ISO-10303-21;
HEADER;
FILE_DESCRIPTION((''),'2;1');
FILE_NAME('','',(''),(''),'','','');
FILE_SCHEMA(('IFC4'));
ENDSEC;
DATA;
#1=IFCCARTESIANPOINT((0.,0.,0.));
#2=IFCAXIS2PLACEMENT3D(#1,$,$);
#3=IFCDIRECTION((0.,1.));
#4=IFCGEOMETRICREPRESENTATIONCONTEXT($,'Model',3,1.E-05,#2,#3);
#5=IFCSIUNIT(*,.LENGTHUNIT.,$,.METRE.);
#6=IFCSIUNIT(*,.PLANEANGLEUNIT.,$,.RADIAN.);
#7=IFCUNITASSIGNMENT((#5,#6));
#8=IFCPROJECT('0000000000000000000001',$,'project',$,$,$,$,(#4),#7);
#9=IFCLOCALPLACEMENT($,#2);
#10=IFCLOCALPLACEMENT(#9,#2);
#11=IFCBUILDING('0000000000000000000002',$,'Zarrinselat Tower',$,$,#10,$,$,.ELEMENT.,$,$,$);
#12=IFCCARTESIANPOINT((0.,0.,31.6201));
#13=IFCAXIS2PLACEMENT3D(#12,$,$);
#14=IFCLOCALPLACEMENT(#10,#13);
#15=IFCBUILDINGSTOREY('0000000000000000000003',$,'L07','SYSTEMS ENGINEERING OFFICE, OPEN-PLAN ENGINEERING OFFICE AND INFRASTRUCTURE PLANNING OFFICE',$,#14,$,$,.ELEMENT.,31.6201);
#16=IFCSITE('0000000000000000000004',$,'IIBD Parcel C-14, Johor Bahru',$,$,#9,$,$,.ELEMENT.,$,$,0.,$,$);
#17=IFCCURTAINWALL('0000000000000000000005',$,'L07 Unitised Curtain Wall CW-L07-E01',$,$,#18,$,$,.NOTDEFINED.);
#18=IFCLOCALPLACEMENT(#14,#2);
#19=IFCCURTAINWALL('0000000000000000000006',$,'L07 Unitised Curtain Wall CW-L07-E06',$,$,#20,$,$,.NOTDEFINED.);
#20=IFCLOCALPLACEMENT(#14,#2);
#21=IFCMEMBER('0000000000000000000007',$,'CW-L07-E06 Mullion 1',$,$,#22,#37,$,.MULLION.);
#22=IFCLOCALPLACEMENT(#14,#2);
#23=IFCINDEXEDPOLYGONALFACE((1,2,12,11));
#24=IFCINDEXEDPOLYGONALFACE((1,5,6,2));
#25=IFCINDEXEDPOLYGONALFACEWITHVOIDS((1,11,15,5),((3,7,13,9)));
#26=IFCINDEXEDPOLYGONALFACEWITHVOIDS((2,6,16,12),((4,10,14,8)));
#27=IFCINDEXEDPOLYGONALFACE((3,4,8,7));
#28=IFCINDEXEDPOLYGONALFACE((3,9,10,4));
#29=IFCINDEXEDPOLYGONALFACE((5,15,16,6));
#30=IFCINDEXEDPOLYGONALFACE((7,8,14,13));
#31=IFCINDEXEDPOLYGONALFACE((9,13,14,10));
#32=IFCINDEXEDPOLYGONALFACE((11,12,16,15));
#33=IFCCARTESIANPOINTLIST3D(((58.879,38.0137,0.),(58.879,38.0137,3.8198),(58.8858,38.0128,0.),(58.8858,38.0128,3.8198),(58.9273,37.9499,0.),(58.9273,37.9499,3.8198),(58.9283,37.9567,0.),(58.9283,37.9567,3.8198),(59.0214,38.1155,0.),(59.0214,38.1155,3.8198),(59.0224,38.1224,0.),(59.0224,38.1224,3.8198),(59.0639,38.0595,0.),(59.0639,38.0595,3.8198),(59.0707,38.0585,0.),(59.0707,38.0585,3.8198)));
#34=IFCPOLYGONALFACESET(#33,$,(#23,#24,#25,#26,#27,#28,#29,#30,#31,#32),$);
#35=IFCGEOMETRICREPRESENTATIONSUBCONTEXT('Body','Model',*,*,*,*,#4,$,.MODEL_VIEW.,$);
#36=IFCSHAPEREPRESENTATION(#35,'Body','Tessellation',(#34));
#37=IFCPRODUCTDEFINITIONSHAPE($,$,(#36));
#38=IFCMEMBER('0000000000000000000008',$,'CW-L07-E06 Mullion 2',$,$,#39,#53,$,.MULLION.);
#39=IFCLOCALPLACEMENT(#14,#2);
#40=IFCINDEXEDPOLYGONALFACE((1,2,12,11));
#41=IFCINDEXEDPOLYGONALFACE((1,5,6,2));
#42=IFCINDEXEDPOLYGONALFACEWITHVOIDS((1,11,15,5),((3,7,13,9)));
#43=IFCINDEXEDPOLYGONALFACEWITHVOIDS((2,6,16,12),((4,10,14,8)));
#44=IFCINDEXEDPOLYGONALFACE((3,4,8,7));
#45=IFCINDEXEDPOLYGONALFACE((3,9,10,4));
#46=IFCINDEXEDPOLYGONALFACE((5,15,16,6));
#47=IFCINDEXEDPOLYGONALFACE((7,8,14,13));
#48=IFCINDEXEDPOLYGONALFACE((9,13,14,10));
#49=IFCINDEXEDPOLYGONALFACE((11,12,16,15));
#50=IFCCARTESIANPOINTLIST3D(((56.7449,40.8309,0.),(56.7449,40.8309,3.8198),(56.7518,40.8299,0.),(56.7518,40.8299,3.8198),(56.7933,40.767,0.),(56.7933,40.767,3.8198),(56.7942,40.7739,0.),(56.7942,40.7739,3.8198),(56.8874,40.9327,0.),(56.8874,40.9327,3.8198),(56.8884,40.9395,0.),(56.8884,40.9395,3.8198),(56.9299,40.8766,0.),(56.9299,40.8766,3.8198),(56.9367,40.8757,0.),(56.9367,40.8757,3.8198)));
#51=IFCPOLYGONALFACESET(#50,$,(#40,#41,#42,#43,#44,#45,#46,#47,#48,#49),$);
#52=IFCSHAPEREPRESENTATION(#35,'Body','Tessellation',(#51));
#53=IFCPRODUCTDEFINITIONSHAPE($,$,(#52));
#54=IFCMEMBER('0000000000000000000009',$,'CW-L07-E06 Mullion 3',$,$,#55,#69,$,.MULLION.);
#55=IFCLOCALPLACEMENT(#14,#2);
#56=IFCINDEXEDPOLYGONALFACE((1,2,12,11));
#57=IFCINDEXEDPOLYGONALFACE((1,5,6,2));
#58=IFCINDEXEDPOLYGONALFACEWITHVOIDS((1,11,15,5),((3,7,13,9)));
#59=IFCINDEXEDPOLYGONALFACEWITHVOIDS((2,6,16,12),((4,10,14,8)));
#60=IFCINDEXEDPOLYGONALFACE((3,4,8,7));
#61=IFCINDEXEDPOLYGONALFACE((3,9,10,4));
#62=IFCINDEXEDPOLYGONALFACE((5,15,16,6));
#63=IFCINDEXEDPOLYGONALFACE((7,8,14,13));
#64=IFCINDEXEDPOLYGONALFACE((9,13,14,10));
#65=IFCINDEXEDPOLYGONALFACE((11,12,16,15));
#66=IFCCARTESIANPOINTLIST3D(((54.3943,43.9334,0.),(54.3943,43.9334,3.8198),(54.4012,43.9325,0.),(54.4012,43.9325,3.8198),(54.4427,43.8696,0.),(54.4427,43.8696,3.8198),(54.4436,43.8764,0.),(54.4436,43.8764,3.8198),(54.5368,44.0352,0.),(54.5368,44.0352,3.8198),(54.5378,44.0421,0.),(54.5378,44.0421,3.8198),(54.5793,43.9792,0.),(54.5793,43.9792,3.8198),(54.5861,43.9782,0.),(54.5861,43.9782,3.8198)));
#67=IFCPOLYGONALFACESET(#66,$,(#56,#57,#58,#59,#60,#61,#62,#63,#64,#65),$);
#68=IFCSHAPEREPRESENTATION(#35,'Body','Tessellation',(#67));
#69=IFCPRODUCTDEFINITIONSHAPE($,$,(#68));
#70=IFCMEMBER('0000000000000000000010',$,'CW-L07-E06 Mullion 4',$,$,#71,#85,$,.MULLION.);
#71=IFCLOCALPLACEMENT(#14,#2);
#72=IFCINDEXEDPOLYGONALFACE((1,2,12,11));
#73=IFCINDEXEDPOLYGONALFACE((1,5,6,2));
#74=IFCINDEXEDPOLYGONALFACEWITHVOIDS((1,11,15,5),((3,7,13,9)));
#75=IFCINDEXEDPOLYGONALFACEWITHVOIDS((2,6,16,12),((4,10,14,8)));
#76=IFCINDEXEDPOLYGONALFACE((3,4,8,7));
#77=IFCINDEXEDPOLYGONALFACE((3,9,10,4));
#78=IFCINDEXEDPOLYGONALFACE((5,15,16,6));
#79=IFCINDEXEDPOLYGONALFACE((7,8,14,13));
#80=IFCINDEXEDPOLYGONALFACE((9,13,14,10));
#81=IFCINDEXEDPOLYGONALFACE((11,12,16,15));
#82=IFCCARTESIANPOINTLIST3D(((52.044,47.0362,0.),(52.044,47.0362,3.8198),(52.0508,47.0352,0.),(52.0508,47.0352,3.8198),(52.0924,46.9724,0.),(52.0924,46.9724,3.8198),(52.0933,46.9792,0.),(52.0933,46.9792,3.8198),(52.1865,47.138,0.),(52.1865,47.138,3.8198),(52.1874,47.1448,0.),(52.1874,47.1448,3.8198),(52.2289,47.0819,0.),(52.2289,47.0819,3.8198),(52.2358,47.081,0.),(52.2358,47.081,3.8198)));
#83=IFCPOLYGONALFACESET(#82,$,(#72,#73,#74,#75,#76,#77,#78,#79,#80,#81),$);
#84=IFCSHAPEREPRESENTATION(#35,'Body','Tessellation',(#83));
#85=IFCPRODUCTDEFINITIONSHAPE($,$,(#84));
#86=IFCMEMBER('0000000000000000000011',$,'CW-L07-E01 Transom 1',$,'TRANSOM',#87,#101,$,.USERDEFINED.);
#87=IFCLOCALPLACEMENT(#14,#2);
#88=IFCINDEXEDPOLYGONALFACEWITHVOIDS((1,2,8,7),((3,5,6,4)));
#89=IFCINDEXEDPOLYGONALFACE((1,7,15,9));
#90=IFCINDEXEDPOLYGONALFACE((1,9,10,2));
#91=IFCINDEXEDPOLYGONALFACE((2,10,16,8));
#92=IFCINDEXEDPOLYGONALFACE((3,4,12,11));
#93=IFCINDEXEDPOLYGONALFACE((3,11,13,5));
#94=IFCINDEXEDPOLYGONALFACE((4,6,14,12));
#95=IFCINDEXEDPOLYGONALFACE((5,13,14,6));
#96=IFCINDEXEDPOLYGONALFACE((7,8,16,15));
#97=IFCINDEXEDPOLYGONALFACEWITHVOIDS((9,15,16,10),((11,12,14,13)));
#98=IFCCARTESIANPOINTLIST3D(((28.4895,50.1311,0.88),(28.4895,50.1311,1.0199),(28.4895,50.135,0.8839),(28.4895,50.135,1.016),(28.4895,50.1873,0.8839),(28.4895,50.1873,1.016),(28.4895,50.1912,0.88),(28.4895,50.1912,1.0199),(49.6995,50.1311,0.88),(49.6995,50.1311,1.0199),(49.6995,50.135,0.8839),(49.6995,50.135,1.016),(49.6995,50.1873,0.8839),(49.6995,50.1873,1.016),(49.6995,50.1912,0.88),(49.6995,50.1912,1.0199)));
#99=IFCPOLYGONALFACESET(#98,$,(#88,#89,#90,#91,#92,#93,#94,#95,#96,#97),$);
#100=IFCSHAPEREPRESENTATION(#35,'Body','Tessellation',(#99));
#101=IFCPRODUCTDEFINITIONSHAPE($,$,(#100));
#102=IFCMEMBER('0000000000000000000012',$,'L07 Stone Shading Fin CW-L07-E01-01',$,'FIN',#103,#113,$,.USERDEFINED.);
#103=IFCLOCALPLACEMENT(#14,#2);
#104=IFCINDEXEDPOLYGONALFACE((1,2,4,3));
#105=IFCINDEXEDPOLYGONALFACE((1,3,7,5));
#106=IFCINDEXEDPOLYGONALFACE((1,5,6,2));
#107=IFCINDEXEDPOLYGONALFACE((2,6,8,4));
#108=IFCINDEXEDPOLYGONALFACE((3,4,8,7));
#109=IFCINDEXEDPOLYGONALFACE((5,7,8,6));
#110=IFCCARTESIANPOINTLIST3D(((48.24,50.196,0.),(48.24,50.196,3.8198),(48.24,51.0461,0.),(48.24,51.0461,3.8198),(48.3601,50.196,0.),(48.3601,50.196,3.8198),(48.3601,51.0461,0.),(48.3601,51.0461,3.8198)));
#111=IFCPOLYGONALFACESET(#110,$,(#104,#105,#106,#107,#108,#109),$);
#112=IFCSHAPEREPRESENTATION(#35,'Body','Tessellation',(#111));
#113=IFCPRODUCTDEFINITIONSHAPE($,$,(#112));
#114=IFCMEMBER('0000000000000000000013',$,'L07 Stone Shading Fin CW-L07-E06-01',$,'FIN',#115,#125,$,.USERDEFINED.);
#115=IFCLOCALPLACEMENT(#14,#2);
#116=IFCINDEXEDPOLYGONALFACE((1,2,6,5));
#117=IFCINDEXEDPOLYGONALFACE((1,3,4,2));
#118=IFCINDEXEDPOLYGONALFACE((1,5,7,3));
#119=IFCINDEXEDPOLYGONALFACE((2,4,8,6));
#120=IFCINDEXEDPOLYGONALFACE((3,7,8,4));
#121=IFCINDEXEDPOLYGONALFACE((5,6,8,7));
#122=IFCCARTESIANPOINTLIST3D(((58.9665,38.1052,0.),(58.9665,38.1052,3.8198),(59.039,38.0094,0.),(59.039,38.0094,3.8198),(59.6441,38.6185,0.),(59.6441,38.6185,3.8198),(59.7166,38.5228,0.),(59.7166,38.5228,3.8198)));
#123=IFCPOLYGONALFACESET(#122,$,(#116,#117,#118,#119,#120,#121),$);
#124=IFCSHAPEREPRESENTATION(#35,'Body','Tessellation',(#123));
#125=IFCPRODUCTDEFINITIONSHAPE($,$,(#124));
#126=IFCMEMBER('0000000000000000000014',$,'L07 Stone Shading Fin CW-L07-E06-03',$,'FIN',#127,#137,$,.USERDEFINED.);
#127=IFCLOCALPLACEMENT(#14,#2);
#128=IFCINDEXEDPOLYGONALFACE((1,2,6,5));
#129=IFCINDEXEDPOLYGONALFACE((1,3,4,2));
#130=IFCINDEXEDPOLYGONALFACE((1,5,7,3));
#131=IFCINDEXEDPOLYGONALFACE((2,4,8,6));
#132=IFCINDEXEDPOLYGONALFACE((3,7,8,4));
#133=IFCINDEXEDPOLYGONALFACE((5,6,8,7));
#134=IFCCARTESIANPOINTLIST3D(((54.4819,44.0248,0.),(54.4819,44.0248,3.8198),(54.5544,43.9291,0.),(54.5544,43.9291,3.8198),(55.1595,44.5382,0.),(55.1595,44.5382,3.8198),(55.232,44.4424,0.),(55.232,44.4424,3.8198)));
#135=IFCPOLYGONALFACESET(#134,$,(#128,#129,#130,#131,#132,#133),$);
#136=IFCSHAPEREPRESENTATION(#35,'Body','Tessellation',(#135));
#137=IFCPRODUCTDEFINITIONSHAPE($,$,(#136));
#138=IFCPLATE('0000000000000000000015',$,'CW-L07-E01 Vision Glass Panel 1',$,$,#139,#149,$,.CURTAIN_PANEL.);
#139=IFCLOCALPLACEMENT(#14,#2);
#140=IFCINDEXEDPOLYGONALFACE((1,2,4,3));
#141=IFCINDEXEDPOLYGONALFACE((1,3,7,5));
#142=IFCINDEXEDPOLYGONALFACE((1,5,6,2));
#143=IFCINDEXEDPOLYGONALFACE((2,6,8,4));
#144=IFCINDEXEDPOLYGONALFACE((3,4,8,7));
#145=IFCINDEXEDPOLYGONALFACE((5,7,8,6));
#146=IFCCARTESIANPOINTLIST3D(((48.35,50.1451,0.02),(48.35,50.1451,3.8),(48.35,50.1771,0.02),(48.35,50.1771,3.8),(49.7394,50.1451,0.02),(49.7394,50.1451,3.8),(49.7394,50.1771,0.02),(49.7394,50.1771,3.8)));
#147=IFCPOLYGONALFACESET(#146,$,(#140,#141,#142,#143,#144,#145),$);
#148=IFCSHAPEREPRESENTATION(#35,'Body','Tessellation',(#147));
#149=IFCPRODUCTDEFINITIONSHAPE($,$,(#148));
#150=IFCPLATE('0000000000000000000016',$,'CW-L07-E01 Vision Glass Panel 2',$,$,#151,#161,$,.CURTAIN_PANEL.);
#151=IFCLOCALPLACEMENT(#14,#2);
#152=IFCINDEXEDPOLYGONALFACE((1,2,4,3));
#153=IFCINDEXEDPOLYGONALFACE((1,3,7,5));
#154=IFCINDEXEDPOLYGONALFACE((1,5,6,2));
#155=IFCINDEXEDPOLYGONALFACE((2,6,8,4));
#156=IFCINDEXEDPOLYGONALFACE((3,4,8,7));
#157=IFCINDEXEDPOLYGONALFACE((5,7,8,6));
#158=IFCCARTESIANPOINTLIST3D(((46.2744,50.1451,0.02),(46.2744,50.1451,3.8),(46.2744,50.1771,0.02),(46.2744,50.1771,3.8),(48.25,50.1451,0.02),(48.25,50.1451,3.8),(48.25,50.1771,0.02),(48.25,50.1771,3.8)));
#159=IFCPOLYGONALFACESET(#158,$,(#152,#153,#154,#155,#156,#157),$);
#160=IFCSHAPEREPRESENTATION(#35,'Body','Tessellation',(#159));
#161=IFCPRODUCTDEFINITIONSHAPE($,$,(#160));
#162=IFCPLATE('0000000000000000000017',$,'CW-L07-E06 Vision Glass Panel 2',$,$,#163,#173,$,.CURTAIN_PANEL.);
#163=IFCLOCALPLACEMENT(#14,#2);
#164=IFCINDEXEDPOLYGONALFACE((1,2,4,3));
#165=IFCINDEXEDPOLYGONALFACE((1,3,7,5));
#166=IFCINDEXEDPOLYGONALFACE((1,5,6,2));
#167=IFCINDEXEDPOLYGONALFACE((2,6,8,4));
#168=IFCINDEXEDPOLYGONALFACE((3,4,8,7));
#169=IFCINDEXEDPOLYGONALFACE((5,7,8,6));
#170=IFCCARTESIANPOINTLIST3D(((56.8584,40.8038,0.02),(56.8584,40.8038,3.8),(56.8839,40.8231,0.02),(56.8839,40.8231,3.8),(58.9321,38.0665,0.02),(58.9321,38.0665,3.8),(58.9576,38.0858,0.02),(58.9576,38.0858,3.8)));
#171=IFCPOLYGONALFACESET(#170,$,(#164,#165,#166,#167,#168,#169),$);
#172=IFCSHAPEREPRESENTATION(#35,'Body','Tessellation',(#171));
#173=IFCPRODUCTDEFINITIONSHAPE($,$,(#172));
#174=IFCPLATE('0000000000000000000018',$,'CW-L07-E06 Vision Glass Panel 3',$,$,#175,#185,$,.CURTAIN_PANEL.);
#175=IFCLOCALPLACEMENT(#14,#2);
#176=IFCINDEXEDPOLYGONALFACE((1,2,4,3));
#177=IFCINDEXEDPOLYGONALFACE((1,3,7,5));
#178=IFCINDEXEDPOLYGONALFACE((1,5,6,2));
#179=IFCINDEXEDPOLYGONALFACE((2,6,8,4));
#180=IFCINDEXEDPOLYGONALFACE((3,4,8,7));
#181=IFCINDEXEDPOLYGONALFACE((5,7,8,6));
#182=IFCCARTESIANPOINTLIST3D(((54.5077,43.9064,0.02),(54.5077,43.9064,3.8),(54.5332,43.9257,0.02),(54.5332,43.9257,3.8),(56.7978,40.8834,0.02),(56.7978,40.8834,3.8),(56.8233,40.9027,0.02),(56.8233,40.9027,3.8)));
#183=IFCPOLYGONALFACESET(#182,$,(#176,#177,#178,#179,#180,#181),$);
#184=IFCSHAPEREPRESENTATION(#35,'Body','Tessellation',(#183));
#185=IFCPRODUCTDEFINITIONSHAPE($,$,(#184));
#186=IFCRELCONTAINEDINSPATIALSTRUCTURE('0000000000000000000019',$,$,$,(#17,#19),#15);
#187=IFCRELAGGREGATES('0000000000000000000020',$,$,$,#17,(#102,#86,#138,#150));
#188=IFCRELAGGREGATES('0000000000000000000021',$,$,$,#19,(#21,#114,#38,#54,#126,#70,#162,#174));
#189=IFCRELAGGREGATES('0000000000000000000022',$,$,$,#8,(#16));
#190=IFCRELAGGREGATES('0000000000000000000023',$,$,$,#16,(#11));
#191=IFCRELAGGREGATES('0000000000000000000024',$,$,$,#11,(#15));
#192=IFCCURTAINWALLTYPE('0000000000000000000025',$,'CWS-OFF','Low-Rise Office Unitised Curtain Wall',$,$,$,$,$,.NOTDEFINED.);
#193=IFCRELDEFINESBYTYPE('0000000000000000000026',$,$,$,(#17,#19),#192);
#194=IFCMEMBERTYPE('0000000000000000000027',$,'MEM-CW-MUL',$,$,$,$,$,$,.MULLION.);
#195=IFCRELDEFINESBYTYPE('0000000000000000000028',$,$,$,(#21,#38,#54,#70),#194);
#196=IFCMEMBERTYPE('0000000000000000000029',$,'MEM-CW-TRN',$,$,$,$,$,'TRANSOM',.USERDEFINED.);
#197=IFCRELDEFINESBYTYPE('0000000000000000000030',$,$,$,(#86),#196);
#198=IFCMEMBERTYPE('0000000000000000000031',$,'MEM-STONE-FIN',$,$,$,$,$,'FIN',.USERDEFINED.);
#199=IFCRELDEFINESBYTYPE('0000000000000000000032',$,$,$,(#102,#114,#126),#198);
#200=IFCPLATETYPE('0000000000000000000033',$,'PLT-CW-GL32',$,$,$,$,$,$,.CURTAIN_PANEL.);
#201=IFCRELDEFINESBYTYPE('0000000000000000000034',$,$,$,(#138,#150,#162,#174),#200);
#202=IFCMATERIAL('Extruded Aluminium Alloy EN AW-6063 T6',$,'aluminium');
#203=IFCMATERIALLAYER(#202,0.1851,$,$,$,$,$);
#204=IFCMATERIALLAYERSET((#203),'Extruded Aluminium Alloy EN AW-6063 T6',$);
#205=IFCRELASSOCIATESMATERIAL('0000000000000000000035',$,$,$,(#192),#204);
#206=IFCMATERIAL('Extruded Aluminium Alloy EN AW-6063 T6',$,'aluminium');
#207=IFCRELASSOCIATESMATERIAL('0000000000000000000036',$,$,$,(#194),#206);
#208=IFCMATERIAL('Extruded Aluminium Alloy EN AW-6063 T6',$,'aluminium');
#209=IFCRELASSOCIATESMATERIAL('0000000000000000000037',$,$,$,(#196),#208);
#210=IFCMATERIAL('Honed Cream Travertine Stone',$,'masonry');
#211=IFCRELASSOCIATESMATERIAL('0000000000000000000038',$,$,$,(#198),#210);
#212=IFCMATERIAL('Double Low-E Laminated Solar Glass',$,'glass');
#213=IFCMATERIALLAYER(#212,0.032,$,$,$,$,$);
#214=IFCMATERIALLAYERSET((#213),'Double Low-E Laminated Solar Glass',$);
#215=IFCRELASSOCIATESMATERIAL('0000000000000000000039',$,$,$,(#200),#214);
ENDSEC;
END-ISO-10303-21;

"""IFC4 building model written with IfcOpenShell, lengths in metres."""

from ifc_helpers import new_model, si_unit, direction, frame, origin, origin_2d, place, context, subcontext, project, spatial, rectangle, hollow_rectangle, extrude, material, layer, layer_set, material_profile, profile_set, type_object, element, aggregate, save


model = new_model("IFC4")

# Units and contexts
model_context = context("Model", 3, precision=1e-05, world=origin(), true_north=direction((0.0, 1.0)))
body_context = subcontext(model_context, "Body", "Model", "MODEL_VIEW")
ifc_project = project(units=[si_unit("LENGTHUNIT", "METRE"), si_unit("PLANEANGLEUNIT", "RADIAN")], contexts=[model_context])

# Site, building, storey
site_placement = place(None, origin())
site = spatial("IfcSite", under=ifc_project, at=site_placement, Name="IIBD Parcel C-14, Johor Bahru", CompositionType="ELEMENT", RefElevation=0.0)
building_placement = place(site_placement, origin())
building = spatial("IfcBuilding", under=site, at=building_placement, Name="Zarrinselat Tower", CompositionType="ELEMENT")
storey_placement = place(building_placement, frame((0.0, 0.0, 31.6201)))
storey = spatial("IfcBuildingStorey", under=building, at=storey_placement, Name="L07", Description="SYSTEMS ENGINEERING OFFICE, OPEN-PLAN ENGINEERING OFFICE AND INFRASTRUCTURE PLANNING OFFICE", CompositionType="ELEMENT", Elevation=31.6201)

# Curtain walls, members
ifc_material_1 = material(Name="Extruded Aluminium Alloy EN AW-6063 T6", Category="aluminium")
ifc_layer_1 = layer(ifc_material_1, 0.1851)
ifc_layer_set_1 = layer_set([ifc_layer_1], Name="Extruded Aluminium Alloy EN AW-6063 T6")
curtain_wall_type = type_object("IfcCurtainWallType", Name="CWS-OFF", Description="Low-Rise Office Unitised Curtain Wall", PredefinedType="NOTDEFINED", material=ifc_layer_set_1)
curtain_wall_1_placement = place(storey_placement, origin())
curtain_wall_1 = element("IfcCurtainWall", 1, at=curtain_wall_1_placement, inside=storey, type_object=curtain_wall_type, Name="L07 Unitised Curtain Wall CW-L07-E01", PredefinedType="NOTDEFINED")
ifc_material_2 = material(Name="Extruded Aluminium Alloy EN AW-6063 T6", Category="aluminium")
ifc_material_profile_1 = material_profile(ifc_material_2, hollow_rectangle(XDim=0.0801, YDim=0.1799, WallThickness=0.0049, at=origin_2d()), Name="RHS 180x80x5")
ifc_profile_set_1 = profile_set([ifc_material_profile_1], Name="Extruded Aluminium Alloy EN AW-6063 T6")
member_type_1 = type_object("IfcMemberType", Name="MEM-CW-MUL", PredefinedType="MULLION", material=ifc_profile_set_1)
curtain_wall_2_placement = place(storey_placement, origin())
curtain_wall_2 = element("IfcCurtainWall", 2, at=curtain_wall_2_placement, inside=storey, type_object=curtain_wall_type, Name="L07 Unitised Curtain Wall CW-L07-E06", PredefinedType="NOTDEFINED")
member_1_placement = place(storey_placement, frame((58.9749, 38.0361, 0.0), z_axis=(0.0, 0.0, 1.0), x_axis=(-0.603859, 0.797091, 0.0)))
member_1 = element("IfcMember", 3, at=member_1_placement, type_object=member_type_1, Name="CW-L07-E06 Mullion 1", PredefinedType="MULLION", context=body_context, shape_type="SweptSolid", body=[
    extrude(hollow_rectangle(XDim=0.0801, YDim=0.1799, WallThickness=0.0049, at=origin_2d()), origin(), (0.0, 0.0, 1.0), 3.8198),
])
member_2_placement = place(storey_placement, frame((56.8408, 40.8533, 0.0), z_axis=(0.0, 0.0, 1.0), x_axis=(-0.603859, 0.797091, 0.0)))
member_2 = element("IfcMember", 4, at=member_2_placement, type_object=member_type_1, Name="CW-L07-E06 Mullion 2", PredefinedType="MULLION", context=body_context, shape_type="SweptSolid", body=[
    extrude(hollow_rectangle(XDim=0.0801, YDim=0.1799, WallThickness=0.0049, at=origin_2d()), origin(), (0.0, 0.0, 1.0), 3.8198),
])
member_3_placement = place(storey_placement, frame((54.4902, 43.9558, 0.0), z_axis=(0.0, 0.0, 1.0), x_axis=(-0.603859, 0.797091, 0.0)))
member_3 = element("IfcMember", 5, at=member_3_placement, type_object=member_type_1, Name="CW-L07-E06 Mullion 3", PredefinedType="MULLION", context=body_context, shape_type="SweptSolid", body=[
    extrude(hollow_rectangle(XDim=0.0801, YDim=0.1799, WallThickness=0.0049, at=origin_2d()), origin(), (0.0, 0.0, 1.0), 3.8198),
])
member_4_placement = place(storey_placement, frame((52.1399, 47.0586, 0.0), z_axis=(0.0, 0.0, 1.0), x_axis=(-0.603859, 0.797091, 0.0)))
member_4 = element("IfcMember", 6, at=member_4_placement, type_object=member_type_1, Name="CW-L07-E06 Mullion 4", PredefinedType="MULLION", context=body_context, shape_type="SweptSolid", body=[
    extrude(hollow_rectangle(XDim=0.0801, YDim=0.1799, WallThickness=0.0049, at=origin_2d()), origin(), (0.0, 0.0, 1.0), 3.8198),
])

# Members
ifc_material_3 = material(Name="Extruded Aluminium Alloy EN AW-6063 T6", Category="aluminium")
ifc_material_profile_2 = material_profile(ifc_material_3, hollow_rectangle(XDim=0.0601, YDim=0.1399, WallThickness=0.0039, at=origin_2d()), Name="RHS 140x60x4")
ifc_profile_set_2 = profile_set([ifc_material_profile_2], Name="Extruded Aluminium Alloy EN AW-6063 T6")
member_type_2 = type_object("IfcMemberType", Name="MEM-CW-TRN", ElementType="TRANSOM", PredefinedType="USERDEFINED", material=ifc_profile_set_2)
member_5_placement = place(storey_placement, frame((49.6995, 50.1611, 0.95), z_axis=(-1.0, 0.0, 0.0), x_axis=(0.0, -1.0, 0.0)))
member_5 = element("IfcMember", 7, at=member_5_placement, type_object=member_type_2, Name="CW-L07-E01 Transom 1", ObjectType="TRANSOM", PredefinedType="USERDEFINED", context=body_context, shape_type="SweptSolid", body=[
    extrude(hollow_rectangle(XDim=0.0601, YDim=0.1399, WallThickness=0.0039, at=origin_2d()), origin(), (0.0, 0.0, 1.0), 21.21),
])
ifc_material_4 = material(Name="Honed Cream Travertine Stone", Category="masonry")
ifc_material_profile_3 = material_profile(ifc_material_4, rectangle(XDim=0.1201, YDim=0.8501, at=origin_2d()), Name="FIN 850x120")
ifc_profile_set_3 = profile_set([ifc_material_profile_3], Name="Honed Cream Travertine Stone")
member_type_3 = type_object("IfcMemberType", Name="MEM-STONE-FIN", ElementType="FIN", PredefinedType="USERDEFINED", material=ifc_profile_set_3)
member_6_placement = place(storey_placement, frame((48.3, 50.6211, 0.0), z_axis=(0.0, 0.0, 1.0), x_axis=(1.0, 0.0, 0.0)))
member_6 = element("IfcMember", 8, at=member_6_placement, type_object=member_type_3, Name="L07 Stone Shading Fin CW-L07-E01-01", ObjectType="FIN", PredefinedType="USERDEFINED", context=body_context, shape_type="SweptSolid", body=[
    extrude(rectangle(XDim=0.1201, YDim=0.8501, at=origin_2d()), origin(), (0.0, 0.0, 1.0), 3.8198),
])
member_7_placement = place(storey_placement, frame((59.3416, 38.314, 0.0), z_axis=(0.0, 0.0, 1.0), x_axis=(0.603859, -0.797091, 0.0)))
member_7 = element("IfcMember", 9, at=member_7_placement, type_object=member_type_3, Name="L07 Stone Shading Fin CW-L07-E06-01", ObjectType="FIN", PredefinedType="USERDEFINED", context=body_context, shape_type="SweptSolid", body=[
    extrude(rectangle(XDim=0.1201, YDim=0.8501, at=origin_2d()), origin(), (0.0, 0.0, 1.0), 3.8198),
])
member_8_placement = place(storey_placement, frame((54.8569, 44.2336, 0.0), z_axis=(0.0, 0.0, 1.0), x_axis=(0.603859, -0.797091, 0.0)))
member_8 = element("IfcMember", 10, at=member_8_placement, type_object=member_type_3, Name="L07 Stone Shading Fin CW-L07-E06-03", ObjectType="FIN", PredefinedType="USERDEFINED", context=body_context, shape_type="SweptSolid", body=[
    extrude(rectangle(XDim=0.1201, YDim=0.8501, at=origin_2d()), origin(), (0.0, 0.0, 1.0), 3.8198),
])

# Plates
ifc_material_5 = material(Name="Double Low-E Laminated Solar Glass", Category="glass")
ifc_layer_2 = layer(ifc_material_5, 0.032)
ifc_layer_set_2 = layer_set([ifc_layer_2], Name="Double Low-E Laminated Solar Glass")
plate_type = type_object("IfcPlateType", Name="PLT-CW-GL32", PredefinedType="CURTAIN_PANEL", material=ifc_layer_set_2)
plate_1_placement = place(storey_placement, frame((49.0447, 50.1611, 0.02), z_axis=(0.0, 0.0, 1.0), x_axis=(-1.0, 0.0, 0.0)))
plate_1 = element("IfcPlate", 11, at=plate_1_placement, type_object=plate_type, Name="CW-L07-E01 Vision Glass Panel 1", PredefinedType="CURTAIN_PANEL", context=body_context, shape_type="SweptSolid", body=[
    extrude(rectangle(XDim=1.3894, YDim=0.032, at=origin_2d()), origin(), (0.0, 0.0, 1.0), 3.78),
])
plate_2_placement = place(storey_placement, frame((47.2622, 50.1611, 0.02), z_axis=(0.0, 0.0, 1.0), x_axis=(-1.0, 0.0, 0.0)))
plate_2 = element("IfcPlate", 12, at=plate_2_placement, type_object=plate_type, Name="CW-L07-E01 Vision Glass Panel 2", PredefinedType="CURTAIN_PANEL", context=body_context, shape_type="SweptSolid", body=[
    extrude(rectangle(XDim=1.9756, YDim=0.032, at=origin_2d()), origin(), (0.0, 0.0, 1.0), 3.78),
])
aggregate(curtain_wall_1, [member_6, member_5, plate_1, plate_2])
plate_3_placement = place(storey_placement, frame((57.908, 39.4448, 0.02), z_axis=(0.0, 0.0, 1.0), x_axis=(-0.603859, 0.797091, 0.0)))
plate_3 = element("IfcPlate", 13, at=plate_3_placement, type_object=plate_type, Name="CW-L07-E06 Vision Glass Panel 2", PredefinedType="CURTAIN_PANEL", context=body_context, shape_type="SweptSolid", body=[
    extrude(rectangle(XDim=3.4341, YDim=0.032, at=origin_2d()), origin(), (0.0, 0.0, 1.0), 3.78),
])
plate_4_placement = place(storey_placement, frame((55.6655, 42.4045, 0.02), z_axis=(0.0, 0.0, 1.0), x_axis=(-0.603859, 0.797091, 0.0)))
plate_4 = element("IfcPlate", 14, at=plate_4_placement, type_object=plate_type, Name="CW-L07-E06 Vision Glass Panel 3", PredefinedType="CURTAIN_PANEL", context=body_context, shape_type="SweptSolid", body=[
    extrude(rectangle(XDim=3.7925, YDim=0.032, at=origin_2d()), origin(), (0.0, 0.0, 1.0), 3.78),
])
aggregate(curtain_wall_2, [member_1, member_7, member_2, member_3, member_8, member_4, plate_3, plate_4])

save(model, "model.ifc")
